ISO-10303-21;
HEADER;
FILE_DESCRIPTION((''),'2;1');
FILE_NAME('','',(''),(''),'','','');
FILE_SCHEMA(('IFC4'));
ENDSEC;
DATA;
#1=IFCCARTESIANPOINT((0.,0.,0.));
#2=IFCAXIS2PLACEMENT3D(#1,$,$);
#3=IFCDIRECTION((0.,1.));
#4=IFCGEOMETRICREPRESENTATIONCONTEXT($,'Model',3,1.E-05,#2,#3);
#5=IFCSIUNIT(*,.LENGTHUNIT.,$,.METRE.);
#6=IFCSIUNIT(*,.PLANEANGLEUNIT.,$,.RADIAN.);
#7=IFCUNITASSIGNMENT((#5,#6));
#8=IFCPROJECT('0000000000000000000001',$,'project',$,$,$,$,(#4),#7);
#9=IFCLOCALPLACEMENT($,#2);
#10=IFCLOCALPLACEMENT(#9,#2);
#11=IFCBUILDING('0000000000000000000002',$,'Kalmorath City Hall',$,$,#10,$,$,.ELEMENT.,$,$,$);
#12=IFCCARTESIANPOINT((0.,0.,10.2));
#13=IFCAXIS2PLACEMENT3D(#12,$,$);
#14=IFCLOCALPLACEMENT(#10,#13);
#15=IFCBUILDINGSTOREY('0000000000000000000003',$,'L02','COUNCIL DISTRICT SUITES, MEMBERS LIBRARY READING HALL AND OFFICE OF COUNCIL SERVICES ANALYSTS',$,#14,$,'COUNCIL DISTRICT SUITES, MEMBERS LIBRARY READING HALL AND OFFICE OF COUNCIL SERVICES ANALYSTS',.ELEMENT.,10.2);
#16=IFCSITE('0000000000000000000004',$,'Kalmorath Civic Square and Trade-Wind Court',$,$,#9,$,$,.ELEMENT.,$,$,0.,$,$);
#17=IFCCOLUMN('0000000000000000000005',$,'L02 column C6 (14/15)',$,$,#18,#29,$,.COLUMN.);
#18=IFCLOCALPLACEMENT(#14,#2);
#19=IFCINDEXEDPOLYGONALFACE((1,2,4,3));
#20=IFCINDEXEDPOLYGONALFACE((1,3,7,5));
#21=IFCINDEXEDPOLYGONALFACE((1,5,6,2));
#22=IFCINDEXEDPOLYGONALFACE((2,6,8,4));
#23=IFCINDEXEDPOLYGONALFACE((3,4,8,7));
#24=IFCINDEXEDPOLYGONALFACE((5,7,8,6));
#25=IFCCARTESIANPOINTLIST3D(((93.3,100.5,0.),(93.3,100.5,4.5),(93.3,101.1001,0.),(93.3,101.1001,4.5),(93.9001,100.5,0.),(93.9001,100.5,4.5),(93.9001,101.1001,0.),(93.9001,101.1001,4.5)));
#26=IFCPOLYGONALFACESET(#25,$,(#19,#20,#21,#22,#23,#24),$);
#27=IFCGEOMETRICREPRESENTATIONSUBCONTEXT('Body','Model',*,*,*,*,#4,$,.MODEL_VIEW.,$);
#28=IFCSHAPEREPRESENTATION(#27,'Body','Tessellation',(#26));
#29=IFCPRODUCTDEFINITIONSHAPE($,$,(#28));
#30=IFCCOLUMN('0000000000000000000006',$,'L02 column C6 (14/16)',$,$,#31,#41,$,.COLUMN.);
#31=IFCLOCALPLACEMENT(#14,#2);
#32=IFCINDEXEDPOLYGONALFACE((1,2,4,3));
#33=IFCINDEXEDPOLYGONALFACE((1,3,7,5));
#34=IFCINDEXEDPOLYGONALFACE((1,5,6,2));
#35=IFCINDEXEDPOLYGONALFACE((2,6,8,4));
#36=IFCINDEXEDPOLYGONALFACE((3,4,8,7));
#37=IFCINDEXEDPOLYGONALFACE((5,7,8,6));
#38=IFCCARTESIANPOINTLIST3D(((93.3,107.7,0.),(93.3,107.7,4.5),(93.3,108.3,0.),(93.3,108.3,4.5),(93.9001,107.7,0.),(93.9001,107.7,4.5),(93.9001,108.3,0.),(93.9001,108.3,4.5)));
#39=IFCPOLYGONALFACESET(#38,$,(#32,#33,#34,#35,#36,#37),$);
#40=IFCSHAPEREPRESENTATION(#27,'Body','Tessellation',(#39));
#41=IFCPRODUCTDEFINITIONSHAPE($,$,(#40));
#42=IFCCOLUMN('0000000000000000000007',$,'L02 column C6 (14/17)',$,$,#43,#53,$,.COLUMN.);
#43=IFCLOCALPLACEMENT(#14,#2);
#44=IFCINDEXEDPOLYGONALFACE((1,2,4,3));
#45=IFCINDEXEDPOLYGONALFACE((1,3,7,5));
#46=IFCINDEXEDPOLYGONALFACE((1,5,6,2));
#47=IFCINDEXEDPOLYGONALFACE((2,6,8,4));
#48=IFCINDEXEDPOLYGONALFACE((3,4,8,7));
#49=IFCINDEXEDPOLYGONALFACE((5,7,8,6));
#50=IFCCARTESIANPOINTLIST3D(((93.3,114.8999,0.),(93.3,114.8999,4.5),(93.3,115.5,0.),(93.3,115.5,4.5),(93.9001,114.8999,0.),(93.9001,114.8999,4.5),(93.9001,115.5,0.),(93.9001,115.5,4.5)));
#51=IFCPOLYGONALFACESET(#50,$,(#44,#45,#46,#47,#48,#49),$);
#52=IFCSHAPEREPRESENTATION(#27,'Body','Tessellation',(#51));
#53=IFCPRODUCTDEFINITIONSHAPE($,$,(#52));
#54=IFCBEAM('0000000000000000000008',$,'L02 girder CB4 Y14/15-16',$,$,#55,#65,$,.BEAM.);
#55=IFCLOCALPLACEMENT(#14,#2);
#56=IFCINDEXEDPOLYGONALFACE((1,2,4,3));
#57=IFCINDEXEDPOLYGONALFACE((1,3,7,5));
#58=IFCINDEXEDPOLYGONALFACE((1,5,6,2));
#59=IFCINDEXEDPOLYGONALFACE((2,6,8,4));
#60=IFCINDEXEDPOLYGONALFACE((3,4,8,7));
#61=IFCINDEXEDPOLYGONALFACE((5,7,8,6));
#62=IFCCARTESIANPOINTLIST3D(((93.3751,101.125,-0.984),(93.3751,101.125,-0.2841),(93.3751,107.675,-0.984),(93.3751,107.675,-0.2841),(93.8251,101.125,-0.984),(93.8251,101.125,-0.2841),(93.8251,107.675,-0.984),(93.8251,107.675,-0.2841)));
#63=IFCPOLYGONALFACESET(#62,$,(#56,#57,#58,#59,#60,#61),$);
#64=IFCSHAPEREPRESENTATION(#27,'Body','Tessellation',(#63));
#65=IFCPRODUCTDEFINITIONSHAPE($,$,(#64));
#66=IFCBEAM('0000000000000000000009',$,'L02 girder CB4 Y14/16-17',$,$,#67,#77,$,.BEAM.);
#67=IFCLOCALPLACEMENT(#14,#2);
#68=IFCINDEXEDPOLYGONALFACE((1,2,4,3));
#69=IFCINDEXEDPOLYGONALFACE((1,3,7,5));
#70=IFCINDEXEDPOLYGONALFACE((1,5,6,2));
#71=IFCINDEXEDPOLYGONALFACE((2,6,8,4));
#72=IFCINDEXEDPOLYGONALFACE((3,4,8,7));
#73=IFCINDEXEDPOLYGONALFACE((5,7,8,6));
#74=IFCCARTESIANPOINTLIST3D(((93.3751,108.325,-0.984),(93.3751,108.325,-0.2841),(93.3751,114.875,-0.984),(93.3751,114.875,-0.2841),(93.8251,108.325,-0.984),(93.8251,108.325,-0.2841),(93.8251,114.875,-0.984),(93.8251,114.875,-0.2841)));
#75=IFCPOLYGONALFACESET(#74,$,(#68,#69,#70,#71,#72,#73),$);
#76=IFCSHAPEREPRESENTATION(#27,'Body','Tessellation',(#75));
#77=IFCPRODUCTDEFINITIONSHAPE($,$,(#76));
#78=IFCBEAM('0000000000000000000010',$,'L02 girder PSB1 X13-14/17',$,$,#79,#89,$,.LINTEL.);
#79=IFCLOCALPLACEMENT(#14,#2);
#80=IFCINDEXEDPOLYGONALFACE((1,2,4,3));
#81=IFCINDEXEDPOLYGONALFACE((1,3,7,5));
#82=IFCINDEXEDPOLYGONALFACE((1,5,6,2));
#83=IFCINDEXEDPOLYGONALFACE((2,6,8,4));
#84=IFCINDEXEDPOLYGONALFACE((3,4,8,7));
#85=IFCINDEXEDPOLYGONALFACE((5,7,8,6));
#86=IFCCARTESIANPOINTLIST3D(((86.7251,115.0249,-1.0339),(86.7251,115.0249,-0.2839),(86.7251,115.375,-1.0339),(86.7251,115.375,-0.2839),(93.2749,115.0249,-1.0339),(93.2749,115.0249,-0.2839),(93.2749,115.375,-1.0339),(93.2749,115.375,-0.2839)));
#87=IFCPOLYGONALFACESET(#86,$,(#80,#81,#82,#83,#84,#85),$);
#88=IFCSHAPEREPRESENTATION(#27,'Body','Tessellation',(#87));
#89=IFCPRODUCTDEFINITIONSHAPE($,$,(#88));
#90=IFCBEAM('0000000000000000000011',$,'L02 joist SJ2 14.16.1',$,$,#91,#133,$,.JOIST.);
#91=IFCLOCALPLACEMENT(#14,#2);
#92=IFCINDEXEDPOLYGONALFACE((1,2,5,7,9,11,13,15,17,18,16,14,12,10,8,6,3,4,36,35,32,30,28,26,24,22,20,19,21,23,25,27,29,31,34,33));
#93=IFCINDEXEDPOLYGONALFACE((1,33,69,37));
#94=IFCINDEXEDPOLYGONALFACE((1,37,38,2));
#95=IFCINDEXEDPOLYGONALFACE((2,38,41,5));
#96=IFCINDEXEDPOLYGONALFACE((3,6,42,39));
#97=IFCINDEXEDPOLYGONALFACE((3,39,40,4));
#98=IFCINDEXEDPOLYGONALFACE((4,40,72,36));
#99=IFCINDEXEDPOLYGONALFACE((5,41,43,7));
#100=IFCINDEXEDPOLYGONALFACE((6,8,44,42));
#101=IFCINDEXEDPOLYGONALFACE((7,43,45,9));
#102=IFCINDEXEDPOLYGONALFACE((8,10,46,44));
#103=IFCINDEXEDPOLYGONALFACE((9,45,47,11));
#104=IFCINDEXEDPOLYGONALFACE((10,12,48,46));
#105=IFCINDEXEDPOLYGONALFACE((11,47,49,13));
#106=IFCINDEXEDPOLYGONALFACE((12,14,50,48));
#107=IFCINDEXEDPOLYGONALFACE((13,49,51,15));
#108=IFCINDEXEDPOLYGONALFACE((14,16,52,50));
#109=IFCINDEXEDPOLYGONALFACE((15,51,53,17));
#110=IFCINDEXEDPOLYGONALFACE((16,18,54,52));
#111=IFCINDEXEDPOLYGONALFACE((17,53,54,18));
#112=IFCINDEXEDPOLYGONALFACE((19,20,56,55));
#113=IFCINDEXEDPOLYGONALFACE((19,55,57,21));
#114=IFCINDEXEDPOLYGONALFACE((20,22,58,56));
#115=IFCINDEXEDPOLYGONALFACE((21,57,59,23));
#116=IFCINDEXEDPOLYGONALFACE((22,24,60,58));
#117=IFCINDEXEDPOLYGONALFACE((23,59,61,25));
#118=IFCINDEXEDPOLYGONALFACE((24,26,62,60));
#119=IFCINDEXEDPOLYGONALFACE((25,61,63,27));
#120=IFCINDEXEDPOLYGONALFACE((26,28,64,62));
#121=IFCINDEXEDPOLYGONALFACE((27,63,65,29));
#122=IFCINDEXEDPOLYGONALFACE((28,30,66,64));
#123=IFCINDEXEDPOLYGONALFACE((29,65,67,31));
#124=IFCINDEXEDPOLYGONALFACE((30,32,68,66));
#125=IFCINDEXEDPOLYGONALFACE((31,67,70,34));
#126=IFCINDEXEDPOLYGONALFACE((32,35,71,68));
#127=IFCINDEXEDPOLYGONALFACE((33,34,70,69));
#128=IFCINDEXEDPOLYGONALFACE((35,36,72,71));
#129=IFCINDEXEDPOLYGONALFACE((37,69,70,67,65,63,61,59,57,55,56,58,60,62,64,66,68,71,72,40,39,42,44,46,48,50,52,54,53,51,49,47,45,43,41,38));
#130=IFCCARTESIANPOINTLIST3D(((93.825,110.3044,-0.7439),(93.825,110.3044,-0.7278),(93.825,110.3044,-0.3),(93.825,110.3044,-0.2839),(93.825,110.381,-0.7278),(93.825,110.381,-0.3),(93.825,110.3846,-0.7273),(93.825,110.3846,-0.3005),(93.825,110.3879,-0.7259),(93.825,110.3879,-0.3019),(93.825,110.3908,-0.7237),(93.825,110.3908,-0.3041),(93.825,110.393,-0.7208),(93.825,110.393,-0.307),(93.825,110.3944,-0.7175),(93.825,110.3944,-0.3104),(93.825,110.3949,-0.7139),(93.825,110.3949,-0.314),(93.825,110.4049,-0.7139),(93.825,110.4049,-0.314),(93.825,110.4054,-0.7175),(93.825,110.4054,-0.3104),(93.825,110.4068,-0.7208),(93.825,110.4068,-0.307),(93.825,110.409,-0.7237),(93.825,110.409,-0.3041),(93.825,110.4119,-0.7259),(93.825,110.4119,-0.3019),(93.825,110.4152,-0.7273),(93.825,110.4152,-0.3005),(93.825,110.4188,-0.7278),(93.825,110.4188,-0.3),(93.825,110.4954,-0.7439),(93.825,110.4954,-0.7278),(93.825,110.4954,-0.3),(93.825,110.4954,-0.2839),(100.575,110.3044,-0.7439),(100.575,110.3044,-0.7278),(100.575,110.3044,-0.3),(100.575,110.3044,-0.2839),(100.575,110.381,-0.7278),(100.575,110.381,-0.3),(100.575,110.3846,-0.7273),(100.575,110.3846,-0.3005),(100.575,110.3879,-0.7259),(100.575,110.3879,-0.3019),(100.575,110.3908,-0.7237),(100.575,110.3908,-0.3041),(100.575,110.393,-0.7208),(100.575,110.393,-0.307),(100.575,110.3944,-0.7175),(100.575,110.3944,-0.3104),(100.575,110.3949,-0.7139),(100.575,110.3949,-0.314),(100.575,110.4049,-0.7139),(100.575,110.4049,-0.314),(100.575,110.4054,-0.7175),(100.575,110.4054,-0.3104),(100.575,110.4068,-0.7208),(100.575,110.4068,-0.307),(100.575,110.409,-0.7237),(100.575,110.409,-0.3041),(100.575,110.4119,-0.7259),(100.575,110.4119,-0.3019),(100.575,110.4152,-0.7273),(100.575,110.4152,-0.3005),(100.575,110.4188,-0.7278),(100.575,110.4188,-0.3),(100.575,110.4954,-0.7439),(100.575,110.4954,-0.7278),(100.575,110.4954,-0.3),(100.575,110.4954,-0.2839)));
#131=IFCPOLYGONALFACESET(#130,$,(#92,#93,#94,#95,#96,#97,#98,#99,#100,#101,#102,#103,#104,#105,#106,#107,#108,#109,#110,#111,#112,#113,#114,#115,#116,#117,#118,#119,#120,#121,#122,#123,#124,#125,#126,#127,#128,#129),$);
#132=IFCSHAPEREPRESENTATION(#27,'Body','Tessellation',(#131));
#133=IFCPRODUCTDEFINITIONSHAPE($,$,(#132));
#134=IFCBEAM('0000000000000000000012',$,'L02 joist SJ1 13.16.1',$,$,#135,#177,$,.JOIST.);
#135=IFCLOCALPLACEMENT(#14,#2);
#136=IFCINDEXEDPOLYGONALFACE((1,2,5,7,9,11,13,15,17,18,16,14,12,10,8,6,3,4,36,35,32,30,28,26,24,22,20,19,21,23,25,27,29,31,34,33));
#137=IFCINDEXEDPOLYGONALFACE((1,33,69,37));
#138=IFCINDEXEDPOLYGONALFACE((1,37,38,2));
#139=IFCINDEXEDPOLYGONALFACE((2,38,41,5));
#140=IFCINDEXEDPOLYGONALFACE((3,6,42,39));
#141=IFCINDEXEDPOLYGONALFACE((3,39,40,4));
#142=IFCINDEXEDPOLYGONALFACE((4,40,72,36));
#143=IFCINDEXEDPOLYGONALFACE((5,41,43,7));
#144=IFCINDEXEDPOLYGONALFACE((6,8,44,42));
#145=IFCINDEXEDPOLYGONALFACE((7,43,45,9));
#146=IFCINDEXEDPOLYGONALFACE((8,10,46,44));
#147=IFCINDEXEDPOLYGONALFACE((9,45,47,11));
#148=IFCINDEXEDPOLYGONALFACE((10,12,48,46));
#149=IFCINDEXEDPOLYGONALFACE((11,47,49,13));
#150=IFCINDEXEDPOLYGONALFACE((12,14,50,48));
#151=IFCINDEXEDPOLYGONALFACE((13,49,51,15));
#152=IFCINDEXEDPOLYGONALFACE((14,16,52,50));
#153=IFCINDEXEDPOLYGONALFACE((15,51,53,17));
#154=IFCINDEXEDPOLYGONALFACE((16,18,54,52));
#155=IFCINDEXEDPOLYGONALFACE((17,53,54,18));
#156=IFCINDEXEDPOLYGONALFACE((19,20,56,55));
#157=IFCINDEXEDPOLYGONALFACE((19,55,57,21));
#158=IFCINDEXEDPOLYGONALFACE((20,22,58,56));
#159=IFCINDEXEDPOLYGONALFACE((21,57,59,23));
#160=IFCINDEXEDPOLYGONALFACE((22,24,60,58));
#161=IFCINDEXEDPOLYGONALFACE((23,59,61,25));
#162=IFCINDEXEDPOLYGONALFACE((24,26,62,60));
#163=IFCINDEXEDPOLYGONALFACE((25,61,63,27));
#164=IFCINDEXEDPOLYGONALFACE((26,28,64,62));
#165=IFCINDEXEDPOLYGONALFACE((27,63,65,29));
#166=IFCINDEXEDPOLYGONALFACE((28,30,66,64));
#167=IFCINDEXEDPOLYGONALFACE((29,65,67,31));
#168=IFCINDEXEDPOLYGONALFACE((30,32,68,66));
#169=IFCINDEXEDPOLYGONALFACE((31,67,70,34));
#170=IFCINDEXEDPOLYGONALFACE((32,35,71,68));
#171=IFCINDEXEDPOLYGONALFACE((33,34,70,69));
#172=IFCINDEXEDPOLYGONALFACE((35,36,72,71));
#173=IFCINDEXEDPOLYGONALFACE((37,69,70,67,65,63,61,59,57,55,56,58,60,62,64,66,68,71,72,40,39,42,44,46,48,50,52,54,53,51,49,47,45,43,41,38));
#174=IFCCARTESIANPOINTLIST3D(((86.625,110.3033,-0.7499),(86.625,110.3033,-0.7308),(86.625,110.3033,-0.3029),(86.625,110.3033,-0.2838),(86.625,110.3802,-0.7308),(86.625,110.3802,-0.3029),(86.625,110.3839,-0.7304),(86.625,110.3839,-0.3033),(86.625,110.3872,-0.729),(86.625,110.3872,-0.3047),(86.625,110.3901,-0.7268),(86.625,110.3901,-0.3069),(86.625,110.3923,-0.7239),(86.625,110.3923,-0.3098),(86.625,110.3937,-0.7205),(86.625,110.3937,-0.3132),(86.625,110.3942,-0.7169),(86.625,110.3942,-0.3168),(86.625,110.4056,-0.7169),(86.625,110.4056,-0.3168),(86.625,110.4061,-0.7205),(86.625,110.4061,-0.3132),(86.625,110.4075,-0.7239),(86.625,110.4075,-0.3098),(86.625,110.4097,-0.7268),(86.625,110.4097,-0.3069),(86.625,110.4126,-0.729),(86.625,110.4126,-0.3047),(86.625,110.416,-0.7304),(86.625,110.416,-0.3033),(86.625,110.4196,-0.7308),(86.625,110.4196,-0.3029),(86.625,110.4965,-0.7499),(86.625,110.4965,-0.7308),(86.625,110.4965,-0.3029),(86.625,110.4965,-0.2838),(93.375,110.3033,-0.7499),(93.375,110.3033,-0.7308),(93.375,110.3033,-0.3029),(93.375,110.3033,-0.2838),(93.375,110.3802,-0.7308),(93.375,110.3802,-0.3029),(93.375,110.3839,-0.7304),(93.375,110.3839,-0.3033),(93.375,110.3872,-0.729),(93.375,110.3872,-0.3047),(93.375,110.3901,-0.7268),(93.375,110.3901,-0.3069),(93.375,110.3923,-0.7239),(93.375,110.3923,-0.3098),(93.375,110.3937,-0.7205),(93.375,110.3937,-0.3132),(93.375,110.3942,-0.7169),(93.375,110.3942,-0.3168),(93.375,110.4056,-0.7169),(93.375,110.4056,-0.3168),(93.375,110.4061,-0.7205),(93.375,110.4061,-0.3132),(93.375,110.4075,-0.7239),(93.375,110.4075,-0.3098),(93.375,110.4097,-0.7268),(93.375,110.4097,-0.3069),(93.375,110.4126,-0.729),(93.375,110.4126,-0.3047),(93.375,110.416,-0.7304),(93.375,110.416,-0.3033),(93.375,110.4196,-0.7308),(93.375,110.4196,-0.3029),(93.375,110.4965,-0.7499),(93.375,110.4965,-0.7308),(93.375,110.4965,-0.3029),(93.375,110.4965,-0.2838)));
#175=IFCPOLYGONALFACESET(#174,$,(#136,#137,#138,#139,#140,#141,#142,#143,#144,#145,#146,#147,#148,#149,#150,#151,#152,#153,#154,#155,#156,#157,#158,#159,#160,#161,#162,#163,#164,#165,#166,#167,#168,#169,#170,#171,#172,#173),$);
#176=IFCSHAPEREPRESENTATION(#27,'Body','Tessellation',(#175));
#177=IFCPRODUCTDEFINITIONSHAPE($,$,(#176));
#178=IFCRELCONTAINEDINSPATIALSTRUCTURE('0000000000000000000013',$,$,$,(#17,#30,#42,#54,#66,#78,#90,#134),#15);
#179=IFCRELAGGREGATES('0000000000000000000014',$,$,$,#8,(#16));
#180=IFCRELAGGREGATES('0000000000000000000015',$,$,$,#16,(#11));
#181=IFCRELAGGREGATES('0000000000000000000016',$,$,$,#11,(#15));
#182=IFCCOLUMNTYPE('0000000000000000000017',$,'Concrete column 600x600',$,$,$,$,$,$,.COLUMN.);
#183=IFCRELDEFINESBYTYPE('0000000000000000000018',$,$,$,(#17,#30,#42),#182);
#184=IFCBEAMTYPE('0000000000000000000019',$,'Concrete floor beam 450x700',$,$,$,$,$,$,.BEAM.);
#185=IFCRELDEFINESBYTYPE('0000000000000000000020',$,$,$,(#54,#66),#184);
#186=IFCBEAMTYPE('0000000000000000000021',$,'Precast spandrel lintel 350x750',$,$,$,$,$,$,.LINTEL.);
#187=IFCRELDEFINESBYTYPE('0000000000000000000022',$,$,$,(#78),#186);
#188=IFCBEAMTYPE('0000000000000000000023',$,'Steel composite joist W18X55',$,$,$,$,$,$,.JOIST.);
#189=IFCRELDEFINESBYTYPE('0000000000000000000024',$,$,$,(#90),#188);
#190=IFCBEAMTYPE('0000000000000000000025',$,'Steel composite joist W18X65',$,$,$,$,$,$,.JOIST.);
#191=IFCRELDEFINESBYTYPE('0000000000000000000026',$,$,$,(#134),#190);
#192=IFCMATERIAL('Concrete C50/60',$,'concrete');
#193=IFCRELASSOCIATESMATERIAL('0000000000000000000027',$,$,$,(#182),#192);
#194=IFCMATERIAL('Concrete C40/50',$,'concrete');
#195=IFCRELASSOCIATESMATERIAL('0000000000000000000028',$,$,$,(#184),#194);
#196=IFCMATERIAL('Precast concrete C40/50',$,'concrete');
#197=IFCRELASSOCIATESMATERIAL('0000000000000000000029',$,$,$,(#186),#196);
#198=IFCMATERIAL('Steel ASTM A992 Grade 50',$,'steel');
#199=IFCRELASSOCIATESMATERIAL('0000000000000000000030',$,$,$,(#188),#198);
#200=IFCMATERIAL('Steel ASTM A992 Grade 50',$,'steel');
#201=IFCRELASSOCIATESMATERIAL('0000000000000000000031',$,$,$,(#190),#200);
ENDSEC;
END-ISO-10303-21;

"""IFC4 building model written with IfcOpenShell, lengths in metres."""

from ifc_helpers import new_model, si_unit, direction, frame, origin, origin_2d, place, context, subcontext, project, spatial, rectangle, i_section, extrude, material, material_profile, profile_set, type_object, element, save


model = new_model("IFC4")

# Units and contexts
model_context = context("Model", 3, precision=1e-05, world=origin(), true_north=direction((0.0, 1.0)))
body_context = subcontext(model_context, "Body", "Model", "MODEL_VIEW")
ifc_project = project(units=[si_unit("LENGTHUNIT", "METRE"), si_unit("PLANEANGLEUNIT", "RADIAN")], contexts=[model_context])

# Site, building, storey
site_placement = place(None, origin())
site = spatial("IfcSite", under=ifc_project, at=site_placement, Name="Kalmorath Civic Square and Trade-Wind Court", CompositionType="ELEMENT", RefElevation=0.0)
building_placement = place(site_placement, origin())
building = spatial("IfcBuilding", under=site, at=building_placement, Name="Kalmorath City Hall", CompositionType="ELEMENT")
storey_placement = place(building_placement, frame((0.0, 0.0, 10.2)))
storey = spatial("IfcBuildingStorey", under=building, at=storey_placement, Name="L02", Description="COUNCIL DISTRICT SUITES, MEMBERS LIBRARY READING HALL AND OFFICE OF COUNCIL SERVICES ANALYSTS", LongName="COUNCIL DISTRICT SUITES, MEMBERS LIBRARY READING HALL AND OFFICE OF COUNCIL SERVICES ANALYSTS", CompositionType="ELEMENT", Elevation=10.2)

# Columns
ifc_material_1 = material(Name="Concrete C50/60", Category="concrete")
ifc_material_profile_1 = material_profile(ifc_material_1, rectangle(XDim=0.6001, YDim=0.6001, at=origin_2d()), Name="RC-COL-600X600")
ifc_profile_set_1 = profile_set([ifc_material_profile_1], Name="Concrete C50/60")
column_type = type_object("IfcColumnType", Name="Concrete column 600x600", PredefinedType="COLUMN", material=ifc_profile_set_1)
for number, where, z_axis, x_axis, name in (
    (1, (93.6001, 100.8, 0.0), (0.0, 0.0, 1.0), (1.0, 0.0, 0.0), "L02 column C6 (14/15)"),
    (2, (93.6001, 108.0, 0.0), (0.0, 0.0, 1.0), (1.0, 0.0, 0.0), "L02 column C6 (14/16)"),
    (3, (93.6001, 115.2, 0.0), (0.0, 0.0, 1.0), (1.0, 0.0, 0.0), "L02 column C6 (14/17)"),
):
    element("IfcColumn", number, at=place(storey_placement, frame(where, z_axis=z_axis, x_axis=x_axis)), inside=storey, type_object=column_type, Name=name, PredefinedType="COLUMN", context=body_context, shape_type="SweptSolid", body=[
        extrude(rectangle(XDim=0.6001, YDim=0.6001, at=origin_2d()), origin(), (0.0, 0.0, 1.0), 4.5),
    ])

# Beams
ifc_material_2 = material(Name="Concrete C40/50", Category="concrete")
ifc_material_profile_2 = material_profile(ifc_material_2, rectangle(XDim=0.45, YDim=0.7, at=origin_2d()), Name="RC-BM-450X700")
ifc_profile_set_2 = profile_set([ifc_material_profile_2], Name="Concrete C40/50")
beam_type_1 = type_object("IfcBeamType", Name="Concrete floor beam 450x700", PredefinedType="BEAM", material=ifc_profile_set_2)
for number, where, z_axis, x_axis, name in (
    (4, (93.6001, 101.125, -0.634), (0.0, 1.0, 0.0), (-1.0, 0.0, 0.0), "L02 girder CB4 Y14/15-16"),
    (5, (93.6001, 108.325, -0.634), (0.0, 1.0, 0.0), (-1.0, 0.0, 0.0), "L02 girder CB4 Y14/16-17"),
):
    element("IfcBeam", number, at=place(storey_placement, frame(where, z_axis=z_axis, x_axis=x_axis)), inside=storey, type_object=beam_type_1, Name=name, PredefinedType="BEAM", context=body_context, shape_type="SweptSolid", body=[
        extrude(rectangle(XDim=0.45, YDim=0.7, at=origin_2d()), origin(), (0.0, 0.0, 1.0), 6.55),
    ])
ifc_material_3 = material(Name="Precast concrete C40/50", Category="concrete")
ifc_material_profile_3 = material_profile(ifc_material_3, rectangle(XDim=0.3501, YDim=0.75, at=origin_2d()), Name="PC-SP-350X750")
ifc_profile_set_3 = profile_set([ifc_material_profile_3], Name="Precast concrete C40/50")
beam_type_2 = type_object("IfcBeamType", Name="Precast spandrel lintel 350x750", PredefinedType="LINTEL", material=ifc_profile_set_3)
beam_1_placement = place(storey_placement, frame((86.7251, 115.2, -0.6589), z_axis=(1.0, 0.0, 0.0), x_axis=(0.0, 1.0, 0.0)))
element("IfcBeam", 6, at=beam_1_placement, inside=storey, type_object=beam_type_2, Name="L02 girder PSB1 X13-14/17", PredefinedType="LINTEL", context=body_context, shape_type="SweptSolid", body=[
    extrude(rectangle(XDim=0.3501, YDim=0.75, at=origin_2d()), origin(), (0.0, 0.0, 1.0), 6.5498),
])
ifc_material_4 = material(Name="Steel ASTM A992 Grade 50", Category="steel")
ifc_material_profile_4 = material_profile(ifc_material_4, i_section(OverallWidth=0.1909, OverallDepth=0.46, WebThickness=0.01, FlangeThickness=0.0161, FilletRadius=0.0139, at=origin_2d()), Name="W18X55")
ifc_profile_set_4 = profile_set([ifc_material_profile_4], Name="Steel ASTM A992 Grade 50")
beam_type_3 = type_object("IfcBeamType", Name="Steel composite joist W18X55", PredefinedType="JOIST", material=ifc_profile_set_4)
beam_2_placement = place(storey_placement, frame((93.825, 110.3999, -0.5139), z_axis=(1.0, 0.0, 0.0), x_axis=(0.0, 1.0, 0.0)))
element("IfcBeam", 7, at=beam_2_placement, inside=storey, type_object=beam_type_3, Name="L02 joist SJ2 14.16.1", PredefinedType="JOIST", context=body_context, shape_type="SweptSolid", body=[
    extrude(i_section(OverallWidth=0.1909, OverallDepth=0.46, WebThickness=0.01, FlangeThickness=0.0161, FilletRadius=0.0139, at=origin_2d()), origin(), (0.0, 0.0, 1.0), 6.75),
])
ifc_material_5 = material(Name="Steel ASTM A992 Grade 50", Category="steel")
ifc_material_profile_5 = material_profile(ifc_material_5, i_section(OverallWidth=0.1931, OverallDepth=0.4661, WebThickness=0.0115, FlangeThickness=0.019, FilletRadius=0.0139, at=origin_2d()), Name="W18X65")
ifc_profile_set_5 = profile_set([ifc_material_profile_5], Name="Steel ASTM A992 Grade 50")
beam_type_4 = type_object("IfcBeamType", Name="Steel composite joist W18X65", PredefinedType="JOIST", material=ifc_profile_set_5)
for number, where, z_axis, x_axis, name in (
    (8, (86.625, 110.3999, -0.5168), (1.0, 0.0, 0.0), (0.0, 1.0, 0.0), "L02 joist SJ1 13.16.1"),
):
    element("IfcBeam", number, at=place(storey_placement, frame(where, z_axis=z_axis, x_axis=x_axis)), inside=storey, type_object=beam_type_4, Name=name, PredefinedType="JOIST", context=body_context, shape_type="SweptSolid", body=[
        extrude(i_section(OverallWidth=0.1931, OverallDepth=0.4661, WebThickness=0.0115, FlangeThickness=0.019, FilletRadius=0.0139, at=origin_2d()), origin(), (0.0, 0.0, 1.0), 6.75),
    ])

save(model, "model.ifc")
